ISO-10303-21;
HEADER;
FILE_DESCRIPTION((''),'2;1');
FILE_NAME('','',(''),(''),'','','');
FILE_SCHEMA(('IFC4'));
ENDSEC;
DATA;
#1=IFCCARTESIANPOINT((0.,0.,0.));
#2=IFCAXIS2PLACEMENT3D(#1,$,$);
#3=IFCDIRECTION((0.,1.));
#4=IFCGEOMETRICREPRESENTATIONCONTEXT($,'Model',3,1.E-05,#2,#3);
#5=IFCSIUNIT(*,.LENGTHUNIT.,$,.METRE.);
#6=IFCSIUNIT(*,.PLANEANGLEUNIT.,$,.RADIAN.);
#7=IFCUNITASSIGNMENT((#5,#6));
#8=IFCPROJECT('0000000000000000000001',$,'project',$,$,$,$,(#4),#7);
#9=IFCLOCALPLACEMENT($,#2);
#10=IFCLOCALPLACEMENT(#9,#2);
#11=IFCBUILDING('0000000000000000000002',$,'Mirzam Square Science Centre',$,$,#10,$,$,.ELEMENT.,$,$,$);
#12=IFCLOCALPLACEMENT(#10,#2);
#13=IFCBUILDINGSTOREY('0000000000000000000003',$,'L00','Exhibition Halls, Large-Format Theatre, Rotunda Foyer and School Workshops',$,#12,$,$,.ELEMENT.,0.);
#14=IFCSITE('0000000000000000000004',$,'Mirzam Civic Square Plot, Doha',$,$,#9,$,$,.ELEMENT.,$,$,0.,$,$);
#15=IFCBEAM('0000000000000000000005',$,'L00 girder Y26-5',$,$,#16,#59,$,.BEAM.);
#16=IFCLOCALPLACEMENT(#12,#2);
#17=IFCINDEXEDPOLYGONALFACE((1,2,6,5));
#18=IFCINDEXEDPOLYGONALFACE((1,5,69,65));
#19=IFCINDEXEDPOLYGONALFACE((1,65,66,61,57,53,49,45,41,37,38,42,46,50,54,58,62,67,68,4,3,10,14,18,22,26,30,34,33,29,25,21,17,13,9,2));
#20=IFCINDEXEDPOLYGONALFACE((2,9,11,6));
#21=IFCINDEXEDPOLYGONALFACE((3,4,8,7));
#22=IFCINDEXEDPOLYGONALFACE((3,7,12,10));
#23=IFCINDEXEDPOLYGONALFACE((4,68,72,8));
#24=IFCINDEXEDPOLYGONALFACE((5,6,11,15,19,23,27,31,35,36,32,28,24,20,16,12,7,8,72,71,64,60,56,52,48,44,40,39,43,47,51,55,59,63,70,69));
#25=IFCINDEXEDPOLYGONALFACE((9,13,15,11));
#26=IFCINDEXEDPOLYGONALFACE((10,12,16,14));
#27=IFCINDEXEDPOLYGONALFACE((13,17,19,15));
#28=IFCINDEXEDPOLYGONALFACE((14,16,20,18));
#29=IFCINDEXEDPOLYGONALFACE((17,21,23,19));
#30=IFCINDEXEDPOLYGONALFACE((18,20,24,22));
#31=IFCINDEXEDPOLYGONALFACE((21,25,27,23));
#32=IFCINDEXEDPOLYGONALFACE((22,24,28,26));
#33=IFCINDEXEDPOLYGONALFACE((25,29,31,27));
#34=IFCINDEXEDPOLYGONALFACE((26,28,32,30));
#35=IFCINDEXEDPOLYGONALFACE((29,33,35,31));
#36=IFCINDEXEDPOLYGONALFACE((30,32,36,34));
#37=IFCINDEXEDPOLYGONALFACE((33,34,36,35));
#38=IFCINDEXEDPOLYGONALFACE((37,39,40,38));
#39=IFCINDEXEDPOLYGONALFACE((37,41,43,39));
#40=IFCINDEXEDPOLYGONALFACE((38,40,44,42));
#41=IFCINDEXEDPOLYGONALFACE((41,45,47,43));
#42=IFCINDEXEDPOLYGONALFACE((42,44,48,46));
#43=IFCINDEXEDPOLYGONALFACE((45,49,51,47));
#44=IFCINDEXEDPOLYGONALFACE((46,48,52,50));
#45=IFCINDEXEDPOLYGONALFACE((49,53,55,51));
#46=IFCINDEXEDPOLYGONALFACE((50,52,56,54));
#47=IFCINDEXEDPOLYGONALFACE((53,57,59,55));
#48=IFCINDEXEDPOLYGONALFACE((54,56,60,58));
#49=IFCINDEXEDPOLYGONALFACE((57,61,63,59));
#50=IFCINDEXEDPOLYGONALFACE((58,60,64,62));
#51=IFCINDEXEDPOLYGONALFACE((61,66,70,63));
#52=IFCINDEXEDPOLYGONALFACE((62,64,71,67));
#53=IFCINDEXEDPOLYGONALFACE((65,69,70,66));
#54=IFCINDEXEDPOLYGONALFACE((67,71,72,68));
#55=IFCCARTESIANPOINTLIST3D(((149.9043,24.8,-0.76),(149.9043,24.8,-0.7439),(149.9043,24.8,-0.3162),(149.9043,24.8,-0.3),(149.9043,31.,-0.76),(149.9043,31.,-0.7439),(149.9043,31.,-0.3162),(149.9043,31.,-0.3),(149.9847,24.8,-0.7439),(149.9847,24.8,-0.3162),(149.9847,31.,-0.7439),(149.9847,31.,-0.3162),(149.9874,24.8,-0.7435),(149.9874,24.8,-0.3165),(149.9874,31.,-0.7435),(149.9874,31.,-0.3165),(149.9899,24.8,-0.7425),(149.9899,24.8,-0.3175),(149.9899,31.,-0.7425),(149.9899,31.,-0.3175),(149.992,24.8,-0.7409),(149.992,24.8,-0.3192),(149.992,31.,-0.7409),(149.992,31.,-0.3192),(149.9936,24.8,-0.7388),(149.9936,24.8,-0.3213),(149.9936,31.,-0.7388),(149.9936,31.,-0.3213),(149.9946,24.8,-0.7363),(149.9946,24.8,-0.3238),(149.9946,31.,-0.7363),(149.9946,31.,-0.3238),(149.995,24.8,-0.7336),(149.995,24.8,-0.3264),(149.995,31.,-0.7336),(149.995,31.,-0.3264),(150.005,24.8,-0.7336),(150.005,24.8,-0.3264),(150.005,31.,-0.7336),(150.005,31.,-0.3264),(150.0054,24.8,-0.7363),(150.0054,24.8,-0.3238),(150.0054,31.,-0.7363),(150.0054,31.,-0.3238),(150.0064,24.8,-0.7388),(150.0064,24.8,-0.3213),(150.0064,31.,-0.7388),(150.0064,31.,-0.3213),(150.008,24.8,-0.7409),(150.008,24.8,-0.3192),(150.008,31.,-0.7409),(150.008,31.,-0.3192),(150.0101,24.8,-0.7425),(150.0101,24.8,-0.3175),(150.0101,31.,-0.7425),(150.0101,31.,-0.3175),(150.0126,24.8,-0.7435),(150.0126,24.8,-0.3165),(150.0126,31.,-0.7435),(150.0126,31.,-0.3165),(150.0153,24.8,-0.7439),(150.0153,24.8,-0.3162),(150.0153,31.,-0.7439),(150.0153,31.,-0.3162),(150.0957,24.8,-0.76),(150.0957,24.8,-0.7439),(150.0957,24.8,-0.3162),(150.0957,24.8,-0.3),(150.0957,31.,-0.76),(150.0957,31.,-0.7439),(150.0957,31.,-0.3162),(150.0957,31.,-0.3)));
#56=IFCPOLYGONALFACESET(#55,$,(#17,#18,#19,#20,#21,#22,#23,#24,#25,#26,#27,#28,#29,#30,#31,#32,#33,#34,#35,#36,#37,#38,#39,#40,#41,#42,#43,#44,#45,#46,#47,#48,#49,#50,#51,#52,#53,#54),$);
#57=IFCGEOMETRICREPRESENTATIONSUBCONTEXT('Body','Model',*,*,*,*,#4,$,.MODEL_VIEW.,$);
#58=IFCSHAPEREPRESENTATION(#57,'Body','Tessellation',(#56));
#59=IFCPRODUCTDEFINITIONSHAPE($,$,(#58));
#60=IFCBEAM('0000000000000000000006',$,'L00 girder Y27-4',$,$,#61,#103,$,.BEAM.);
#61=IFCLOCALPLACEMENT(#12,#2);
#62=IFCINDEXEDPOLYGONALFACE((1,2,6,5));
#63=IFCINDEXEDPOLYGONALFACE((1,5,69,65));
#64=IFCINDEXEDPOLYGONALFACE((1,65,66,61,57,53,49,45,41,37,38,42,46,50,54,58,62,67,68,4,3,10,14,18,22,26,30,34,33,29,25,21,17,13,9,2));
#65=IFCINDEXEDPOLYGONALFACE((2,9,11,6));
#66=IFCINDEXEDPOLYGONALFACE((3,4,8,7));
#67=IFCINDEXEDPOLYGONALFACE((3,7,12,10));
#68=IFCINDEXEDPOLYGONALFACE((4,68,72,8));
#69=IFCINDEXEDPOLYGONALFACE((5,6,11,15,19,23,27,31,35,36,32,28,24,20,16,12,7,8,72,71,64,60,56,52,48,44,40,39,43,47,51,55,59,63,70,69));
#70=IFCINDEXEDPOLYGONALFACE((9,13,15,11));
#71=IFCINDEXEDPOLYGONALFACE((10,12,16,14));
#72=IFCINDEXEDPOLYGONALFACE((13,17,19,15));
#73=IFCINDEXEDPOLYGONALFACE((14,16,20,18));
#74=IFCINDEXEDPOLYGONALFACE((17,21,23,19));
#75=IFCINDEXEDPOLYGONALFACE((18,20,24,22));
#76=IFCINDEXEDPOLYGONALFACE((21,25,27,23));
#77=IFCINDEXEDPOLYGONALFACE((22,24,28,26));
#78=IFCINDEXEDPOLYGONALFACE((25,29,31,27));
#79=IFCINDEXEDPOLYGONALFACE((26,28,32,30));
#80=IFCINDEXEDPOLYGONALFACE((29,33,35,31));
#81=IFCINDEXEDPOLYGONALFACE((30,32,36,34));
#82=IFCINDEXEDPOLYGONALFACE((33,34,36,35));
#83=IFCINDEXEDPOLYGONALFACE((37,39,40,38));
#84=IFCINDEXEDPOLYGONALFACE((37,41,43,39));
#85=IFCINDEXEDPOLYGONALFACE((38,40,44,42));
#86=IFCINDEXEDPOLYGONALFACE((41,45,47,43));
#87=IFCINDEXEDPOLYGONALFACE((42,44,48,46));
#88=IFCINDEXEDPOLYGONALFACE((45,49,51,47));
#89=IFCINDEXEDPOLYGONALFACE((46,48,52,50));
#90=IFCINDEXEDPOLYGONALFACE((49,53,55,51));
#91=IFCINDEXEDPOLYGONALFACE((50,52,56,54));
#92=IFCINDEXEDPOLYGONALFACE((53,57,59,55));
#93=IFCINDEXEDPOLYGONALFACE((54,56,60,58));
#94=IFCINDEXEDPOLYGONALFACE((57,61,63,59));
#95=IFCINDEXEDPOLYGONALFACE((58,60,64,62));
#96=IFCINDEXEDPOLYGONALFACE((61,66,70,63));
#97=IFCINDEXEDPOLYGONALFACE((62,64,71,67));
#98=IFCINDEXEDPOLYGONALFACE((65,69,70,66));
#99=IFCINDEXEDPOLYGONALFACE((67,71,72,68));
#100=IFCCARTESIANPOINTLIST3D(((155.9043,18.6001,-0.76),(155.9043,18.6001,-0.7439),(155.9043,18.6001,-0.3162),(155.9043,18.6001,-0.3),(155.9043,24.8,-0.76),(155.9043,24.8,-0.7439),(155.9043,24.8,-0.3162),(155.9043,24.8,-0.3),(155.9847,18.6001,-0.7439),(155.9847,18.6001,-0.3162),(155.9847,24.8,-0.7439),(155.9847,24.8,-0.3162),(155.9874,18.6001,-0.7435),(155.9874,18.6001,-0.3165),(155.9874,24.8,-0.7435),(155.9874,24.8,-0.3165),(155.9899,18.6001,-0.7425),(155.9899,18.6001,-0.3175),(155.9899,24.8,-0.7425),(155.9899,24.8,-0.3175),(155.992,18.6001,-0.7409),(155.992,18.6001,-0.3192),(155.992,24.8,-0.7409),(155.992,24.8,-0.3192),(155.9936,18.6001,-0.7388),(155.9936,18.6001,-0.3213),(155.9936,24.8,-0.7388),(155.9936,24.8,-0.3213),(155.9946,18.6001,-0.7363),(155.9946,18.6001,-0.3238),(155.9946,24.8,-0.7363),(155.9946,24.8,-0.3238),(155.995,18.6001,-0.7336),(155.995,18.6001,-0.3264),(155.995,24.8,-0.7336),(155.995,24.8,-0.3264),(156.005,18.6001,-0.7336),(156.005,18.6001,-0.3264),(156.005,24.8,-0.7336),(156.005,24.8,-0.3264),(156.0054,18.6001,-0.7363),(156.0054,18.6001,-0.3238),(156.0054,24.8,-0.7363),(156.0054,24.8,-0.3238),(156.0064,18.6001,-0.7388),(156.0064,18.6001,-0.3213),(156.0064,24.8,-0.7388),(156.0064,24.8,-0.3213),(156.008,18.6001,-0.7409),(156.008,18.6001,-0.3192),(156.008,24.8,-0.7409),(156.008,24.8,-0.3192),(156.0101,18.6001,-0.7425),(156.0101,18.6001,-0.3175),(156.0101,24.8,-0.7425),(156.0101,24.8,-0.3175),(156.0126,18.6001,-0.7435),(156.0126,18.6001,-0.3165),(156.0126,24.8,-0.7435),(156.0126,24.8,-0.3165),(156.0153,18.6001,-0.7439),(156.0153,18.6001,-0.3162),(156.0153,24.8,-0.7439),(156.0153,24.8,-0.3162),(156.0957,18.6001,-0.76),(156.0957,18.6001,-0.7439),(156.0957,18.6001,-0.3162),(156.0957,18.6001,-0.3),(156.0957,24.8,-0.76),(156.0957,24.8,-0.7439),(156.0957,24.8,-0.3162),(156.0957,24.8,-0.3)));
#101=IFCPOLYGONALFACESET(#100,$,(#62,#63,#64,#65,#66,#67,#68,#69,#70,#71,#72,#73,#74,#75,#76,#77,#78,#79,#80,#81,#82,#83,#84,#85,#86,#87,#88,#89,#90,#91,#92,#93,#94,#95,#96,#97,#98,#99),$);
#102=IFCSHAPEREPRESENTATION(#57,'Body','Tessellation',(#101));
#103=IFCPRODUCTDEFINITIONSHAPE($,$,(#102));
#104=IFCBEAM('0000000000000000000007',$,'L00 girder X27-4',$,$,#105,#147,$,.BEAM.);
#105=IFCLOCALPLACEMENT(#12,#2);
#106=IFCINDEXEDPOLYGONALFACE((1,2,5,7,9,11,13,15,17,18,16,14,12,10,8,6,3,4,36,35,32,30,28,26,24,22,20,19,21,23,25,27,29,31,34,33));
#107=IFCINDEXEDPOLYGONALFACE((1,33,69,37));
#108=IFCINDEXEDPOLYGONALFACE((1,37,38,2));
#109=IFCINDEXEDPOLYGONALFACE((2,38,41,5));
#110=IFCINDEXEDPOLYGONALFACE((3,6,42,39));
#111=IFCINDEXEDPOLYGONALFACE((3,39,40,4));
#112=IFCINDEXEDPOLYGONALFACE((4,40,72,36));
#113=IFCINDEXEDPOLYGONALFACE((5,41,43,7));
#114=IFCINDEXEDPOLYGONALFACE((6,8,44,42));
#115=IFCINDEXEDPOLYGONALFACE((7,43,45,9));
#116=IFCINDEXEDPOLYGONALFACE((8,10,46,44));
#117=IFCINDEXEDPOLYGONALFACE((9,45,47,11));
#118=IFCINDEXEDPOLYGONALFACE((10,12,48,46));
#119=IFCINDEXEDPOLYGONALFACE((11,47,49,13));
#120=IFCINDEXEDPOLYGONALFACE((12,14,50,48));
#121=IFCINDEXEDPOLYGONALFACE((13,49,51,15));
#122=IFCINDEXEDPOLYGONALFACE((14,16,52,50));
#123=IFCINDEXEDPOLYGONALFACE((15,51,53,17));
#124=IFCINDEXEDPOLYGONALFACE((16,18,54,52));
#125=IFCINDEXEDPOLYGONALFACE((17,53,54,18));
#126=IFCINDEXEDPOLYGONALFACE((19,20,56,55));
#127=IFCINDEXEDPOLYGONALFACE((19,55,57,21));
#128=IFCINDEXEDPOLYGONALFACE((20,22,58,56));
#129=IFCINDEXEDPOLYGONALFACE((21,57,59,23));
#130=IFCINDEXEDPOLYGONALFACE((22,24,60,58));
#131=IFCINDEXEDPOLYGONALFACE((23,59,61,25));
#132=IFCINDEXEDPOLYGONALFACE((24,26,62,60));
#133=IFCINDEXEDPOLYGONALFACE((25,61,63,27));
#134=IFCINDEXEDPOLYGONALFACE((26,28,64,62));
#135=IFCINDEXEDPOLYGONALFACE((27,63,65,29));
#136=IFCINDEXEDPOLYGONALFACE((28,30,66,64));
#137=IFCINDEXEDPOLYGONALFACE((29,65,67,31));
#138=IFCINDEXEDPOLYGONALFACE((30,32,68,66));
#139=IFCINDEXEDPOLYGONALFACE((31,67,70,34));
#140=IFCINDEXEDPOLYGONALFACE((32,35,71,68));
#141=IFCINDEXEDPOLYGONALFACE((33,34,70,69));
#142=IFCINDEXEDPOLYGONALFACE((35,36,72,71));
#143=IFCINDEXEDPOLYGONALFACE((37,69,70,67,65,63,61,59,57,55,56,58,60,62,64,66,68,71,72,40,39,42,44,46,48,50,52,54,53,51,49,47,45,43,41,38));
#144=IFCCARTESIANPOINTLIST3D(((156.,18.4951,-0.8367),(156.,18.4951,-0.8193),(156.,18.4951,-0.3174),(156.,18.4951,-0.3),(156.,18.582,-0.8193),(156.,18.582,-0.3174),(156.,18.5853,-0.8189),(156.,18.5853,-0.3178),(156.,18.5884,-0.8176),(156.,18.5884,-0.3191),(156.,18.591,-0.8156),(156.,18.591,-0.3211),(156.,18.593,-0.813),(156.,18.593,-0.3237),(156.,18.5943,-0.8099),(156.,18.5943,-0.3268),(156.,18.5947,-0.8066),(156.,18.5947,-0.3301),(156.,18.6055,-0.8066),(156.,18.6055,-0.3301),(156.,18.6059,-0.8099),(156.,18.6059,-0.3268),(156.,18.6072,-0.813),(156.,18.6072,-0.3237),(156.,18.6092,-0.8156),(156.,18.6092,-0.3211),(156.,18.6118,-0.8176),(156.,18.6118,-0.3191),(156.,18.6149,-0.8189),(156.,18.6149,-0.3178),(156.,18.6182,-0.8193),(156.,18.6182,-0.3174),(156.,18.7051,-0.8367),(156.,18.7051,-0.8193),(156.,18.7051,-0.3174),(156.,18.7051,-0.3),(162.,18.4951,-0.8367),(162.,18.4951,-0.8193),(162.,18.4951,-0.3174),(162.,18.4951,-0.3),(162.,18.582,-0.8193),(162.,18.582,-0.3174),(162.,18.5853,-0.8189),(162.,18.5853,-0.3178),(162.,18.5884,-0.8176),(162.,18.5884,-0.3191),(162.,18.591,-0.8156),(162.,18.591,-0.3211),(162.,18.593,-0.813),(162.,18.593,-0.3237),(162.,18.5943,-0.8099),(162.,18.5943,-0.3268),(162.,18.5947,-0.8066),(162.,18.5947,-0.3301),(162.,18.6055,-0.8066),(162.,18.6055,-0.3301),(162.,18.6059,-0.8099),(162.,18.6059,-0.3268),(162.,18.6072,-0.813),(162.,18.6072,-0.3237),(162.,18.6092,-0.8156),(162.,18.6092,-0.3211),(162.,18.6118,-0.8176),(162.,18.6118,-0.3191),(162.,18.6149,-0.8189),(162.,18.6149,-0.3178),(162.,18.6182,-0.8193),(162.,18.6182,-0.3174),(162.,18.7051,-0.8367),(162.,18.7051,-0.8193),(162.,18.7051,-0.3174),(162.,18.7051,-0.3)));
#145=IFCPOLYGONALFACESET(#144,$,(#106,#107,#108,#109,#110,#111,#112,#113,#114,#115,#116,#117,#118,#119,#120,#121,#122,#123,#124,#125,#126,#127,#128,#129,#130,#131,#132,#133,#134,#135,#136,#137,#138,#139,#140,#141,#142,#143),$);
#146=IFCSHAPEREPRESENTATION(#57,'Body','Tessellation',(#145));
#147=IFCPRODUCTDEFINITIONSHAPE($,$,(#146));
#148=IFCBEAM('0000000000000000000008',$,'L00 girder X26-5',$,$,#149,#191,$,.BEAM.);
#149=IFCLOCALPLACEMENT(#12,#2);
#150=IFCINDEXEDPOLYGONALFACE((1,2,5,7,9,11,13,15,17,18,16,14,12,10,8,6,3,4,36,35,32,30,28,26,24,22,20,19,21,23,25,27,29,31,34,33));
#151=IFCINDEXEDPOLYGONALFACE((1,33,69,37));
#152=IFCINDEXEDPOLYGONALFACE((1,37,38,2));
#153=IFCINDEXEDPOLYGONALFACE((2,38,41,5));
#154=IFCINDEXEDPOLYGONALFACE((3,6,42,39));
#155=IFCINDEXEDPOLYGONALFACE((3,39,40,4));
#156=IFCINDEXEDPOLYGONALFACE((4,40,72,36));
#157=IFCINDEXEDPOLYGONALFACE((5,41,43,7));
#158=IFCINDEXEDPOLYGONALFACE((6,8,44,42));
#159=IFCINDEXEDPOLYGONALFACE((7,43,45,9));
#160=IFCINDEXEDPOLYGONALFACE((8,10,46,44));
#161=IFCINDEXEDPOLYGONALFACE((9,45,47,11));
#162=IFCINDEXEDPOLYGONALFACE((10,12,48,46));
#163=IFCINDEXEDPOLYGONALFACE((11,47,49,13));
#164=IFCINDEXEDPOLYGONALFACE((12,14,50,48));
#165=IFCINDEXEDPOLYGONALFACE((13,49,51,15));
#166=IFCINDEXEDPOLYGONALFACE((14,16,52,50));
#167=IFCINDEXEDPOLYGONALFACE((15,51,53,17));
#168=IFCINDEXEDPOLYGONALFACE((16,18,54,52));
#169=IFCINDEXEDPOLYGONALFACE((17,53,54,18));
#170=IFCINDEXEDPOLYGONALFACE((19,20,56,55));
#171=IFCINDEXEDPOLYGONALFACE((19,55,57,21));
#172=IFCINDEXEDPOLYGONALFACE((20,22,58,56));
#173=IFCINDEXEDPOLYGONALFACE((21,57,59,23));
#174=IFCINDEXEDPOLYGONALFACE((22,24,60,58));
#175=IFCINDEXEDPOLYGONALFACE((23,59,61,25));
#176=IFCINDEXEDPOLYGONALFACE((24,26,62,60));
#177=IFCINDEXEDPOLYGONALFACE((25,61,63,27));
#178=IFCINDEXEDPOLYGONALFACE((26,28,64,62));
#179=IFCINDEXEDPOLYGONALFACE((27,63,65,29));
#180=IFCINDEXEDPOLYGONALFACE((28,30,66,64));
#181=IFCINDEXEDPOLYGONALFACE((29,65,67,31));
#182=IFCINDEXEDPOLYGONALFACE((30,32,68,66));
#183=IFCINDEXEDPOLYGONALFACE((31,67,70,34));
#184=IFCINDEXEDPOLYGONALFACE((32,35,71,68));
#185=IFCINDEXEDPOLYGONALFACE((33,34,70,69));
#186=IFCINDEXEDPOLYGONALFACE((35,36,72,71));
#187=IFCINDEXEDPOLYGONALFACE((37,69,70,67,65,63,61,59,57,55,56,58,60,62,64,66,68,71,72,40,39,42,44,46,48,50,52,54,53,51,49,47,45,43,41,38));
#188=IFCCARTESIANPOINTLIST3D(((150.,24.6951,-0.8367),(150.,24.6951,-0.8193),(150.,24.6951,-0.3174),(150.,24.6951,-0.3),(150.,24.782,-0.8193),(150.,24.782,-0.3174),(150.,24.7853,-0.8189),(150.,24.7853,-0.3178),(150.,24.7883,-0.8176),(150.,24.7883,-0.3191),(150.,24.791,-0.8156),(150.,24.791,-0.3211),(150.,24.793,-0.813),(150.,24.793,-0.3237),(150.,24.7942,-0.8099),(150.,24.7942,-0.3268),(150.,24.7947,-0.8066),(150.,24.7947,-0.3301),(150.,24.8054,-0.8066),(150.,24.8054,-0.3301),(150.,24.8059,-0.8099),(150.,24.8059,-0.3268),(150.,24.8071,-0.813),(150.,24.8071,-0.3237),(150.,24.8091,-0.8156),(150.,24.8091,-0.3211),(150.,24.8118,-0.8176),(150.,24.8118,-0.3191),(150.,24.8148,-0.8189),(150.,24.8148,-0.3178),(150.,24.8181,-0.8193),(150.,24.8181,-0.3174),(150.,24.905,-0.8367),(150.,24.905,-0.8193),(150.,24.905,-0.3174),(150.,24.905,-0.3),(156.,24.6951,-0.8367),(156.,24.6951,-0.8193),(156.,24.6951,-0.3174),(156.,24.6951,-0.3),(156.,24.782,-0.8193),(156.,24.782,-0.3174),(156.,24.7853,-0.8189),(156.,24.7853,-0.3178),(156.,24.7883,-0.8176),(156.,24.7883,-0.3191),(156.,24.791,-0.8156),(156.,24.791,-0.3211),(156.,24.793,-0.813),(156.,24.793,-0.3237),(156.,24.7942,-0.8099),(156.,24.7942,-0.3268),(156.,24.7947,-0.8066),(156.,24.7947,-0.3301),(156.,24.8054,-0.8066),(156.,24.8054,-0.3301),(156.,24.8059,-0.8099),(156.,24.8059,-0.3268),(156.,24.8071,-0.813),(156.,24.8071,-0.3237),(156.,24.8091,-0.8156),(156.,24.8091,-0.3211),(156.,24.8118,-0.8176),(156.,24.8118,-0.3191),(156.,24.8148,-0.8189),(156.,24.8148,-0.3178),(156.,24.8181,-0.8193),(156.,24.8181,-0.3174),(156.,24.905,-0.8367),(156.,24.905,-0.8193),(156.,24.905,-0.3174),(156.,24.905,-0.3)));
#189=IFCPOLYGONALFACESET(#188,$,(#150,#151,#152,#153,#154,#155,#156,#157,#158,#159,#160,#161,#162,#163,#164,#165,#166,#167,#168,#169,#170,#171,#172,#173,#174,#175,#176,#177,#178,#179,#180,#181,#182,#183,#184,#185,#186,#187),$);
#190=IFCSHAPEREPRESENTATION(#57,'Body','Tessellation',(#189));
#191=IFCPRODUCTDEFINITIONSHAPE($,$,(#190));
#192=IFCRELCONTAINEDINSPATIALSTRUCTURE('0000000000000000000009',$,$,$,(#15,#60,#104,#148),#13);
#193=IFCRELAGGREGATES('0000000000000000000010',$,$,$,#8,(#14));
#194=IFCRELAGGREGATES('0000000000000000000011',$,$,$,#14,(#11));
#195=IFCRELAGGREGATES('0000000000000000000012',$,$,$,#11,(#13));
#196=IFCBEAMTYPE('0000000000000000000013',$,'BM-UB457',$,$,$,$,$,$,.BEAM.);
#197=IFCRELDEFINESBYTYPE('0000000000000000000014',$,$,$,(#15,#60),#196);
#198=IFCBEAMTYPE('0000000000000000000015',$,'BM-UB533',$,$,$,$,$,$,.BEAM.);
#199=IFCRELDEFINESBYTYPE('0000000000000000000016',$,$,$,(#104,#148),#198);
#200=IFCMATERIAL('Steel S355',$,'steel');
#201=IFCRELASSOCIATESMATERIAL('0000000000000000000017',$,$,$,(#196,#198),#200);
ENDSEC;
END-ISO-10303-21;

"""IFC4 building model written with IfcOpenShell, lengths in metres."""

from ifc_helpers import new_model, si_unit, direction, frame, origin, origin_2d, place, context, subcontext, project, spatial, i_section, extrude, material, material_profile, profile_set, type_object, element, save


model = new_model("IFC4")

# Units and contexts
model_context = context("Model", 3, precision=1e-05, world=origin(), true_north=direction((0.0, 1.0)))
body_context = subcontext(model_context, "Body", "Model", "MODEL_VIEW")
ifc_project = project(units=[si_unit("LENGTHUNIT", "METRE"), si_unit("PLANEANGLEUNIT", "RADIAN")], contexts=[model_context])

# Site, building, storey
site_placement = place(None, origin())
site = spatial("IfcSite", under=ifc_project, at=site_placement, Name="Mirzam Civic Square Plot, Doha", CompositionType="ELEMENT", RefElevation=0.0)
building_placement = place(site_placement, origin())
building = spatial("IfcBuilding", under=site, at=building_placement, Name="Mirzam Square Science Centre", CompositionType="ELEMENT")
storey_placement = place(building_placement, origin())
storey = spatial("IfcBuildingStorey", under=building, at=storey_placement, Name="L00", Description="Exhibition Halls, Large-Format Theatre, Rotunda Foyer and School Workshops", CompositionType="ELEMENT", Elevation=0.0)

# Shared definitions
ifc_material_1 = material(Name="Steel S355", Category="steel")

# Beams
ifc_material_profile_1 = material_profile(ifc_material_1, i_section(OverallWidth=0.1914, OverallDepth=0.46, WebThickness=0.01, FlangeThickness=0.0161, FilletRadius=0.0103, at=origin_2d()), Name="457x191x82UB")
ifc_profile_set_1 = profile_set([ifc_material_profile_1], Name="Steel S355")
beam_type_1 = type_object("IfcBeamType", Name="BM-UB457", PredefinedType="BEAM", material=ifc_profile_set_1)
for number, where, z_axis, x_axis, name in (
    (1, (150.0, 24.8, -0.53), (0.0, 1.0, 0.0), (-1.0, 0.0, 0.0), "L00 girder Y26-5"),
    (2, (156.0, 18.6001, -0.53), (0.0, 1.0, 0.0), (-1.0, 0.0, 0.0), "L00 girder Y27-4"),
):
    element("IfcBeam", number, at=place(storey_placement, frame(where, z_axis=z_axis, x_axis=x_axis)), inside=storey, type_object=beam_type_1, Name=name, PredefinedType="BEAM", context=body_context, shape_type="SweptSolid", body=[
        extrude(i_section(OverallWidth=0.1914, OverallDepth=0.46, WebThickness=0.01, FlangeThickness=0.0161, FilletRadius=0.0103, at=origin_2d()), origin(), (0.0, 0.0, 1.0), 6.2),
    ])
ifc_material_profile_2 = material_profile(ifc_material_1, i_section(OverallWidth=0.21, OverallDepth=0.5366, WebThickness=0.0107, FlangeThickness=0.0173, FilletRadius=0.0127, at=origin_2d()), Name="533x210x101UB")
ifc_profile_set_2 = profile_set([ifc_material_profile_2], Name="Steel S355")
beam_type_2 = type_object("IfcBeamType", Name="BM-UB533", PredefinedType="BEAM", material=ifc_profile_set_2)
for number, where, z_axis, x_axis, name in (
    (3, (156.0, 18.6001, -0.5684), (1.0, 0.0, 0.0), (0.0, 1.0, 0.0), "L00 girder X27-4"),
    (4, (150.0, 24.8, -0.5684), (1.0, 0.0, 0.0), (0.0, 1.0, 0.0), "L00 girder X26-5"),
):
    element("IfcBeam", number, at=place(storey_placement, frame(where, z_axis=z_axis, x_axis=x_axis)), inside=storey, type_object=beam_type_2, Name=name, PredefinedType="BEAM", context=body_context, shape_type="SweptSolid", body=[
        extrude(i_section(OverallWidth=0.21, OverallDepth=0.5366, WebThickness=0.0107, FlangeThickness=0.0173, FilletRadius=0.0127, at=origin_2d()), origin(), (0.0, 0.0, 1.0), 6.0),
    ])

save(model, "model.ifc")
